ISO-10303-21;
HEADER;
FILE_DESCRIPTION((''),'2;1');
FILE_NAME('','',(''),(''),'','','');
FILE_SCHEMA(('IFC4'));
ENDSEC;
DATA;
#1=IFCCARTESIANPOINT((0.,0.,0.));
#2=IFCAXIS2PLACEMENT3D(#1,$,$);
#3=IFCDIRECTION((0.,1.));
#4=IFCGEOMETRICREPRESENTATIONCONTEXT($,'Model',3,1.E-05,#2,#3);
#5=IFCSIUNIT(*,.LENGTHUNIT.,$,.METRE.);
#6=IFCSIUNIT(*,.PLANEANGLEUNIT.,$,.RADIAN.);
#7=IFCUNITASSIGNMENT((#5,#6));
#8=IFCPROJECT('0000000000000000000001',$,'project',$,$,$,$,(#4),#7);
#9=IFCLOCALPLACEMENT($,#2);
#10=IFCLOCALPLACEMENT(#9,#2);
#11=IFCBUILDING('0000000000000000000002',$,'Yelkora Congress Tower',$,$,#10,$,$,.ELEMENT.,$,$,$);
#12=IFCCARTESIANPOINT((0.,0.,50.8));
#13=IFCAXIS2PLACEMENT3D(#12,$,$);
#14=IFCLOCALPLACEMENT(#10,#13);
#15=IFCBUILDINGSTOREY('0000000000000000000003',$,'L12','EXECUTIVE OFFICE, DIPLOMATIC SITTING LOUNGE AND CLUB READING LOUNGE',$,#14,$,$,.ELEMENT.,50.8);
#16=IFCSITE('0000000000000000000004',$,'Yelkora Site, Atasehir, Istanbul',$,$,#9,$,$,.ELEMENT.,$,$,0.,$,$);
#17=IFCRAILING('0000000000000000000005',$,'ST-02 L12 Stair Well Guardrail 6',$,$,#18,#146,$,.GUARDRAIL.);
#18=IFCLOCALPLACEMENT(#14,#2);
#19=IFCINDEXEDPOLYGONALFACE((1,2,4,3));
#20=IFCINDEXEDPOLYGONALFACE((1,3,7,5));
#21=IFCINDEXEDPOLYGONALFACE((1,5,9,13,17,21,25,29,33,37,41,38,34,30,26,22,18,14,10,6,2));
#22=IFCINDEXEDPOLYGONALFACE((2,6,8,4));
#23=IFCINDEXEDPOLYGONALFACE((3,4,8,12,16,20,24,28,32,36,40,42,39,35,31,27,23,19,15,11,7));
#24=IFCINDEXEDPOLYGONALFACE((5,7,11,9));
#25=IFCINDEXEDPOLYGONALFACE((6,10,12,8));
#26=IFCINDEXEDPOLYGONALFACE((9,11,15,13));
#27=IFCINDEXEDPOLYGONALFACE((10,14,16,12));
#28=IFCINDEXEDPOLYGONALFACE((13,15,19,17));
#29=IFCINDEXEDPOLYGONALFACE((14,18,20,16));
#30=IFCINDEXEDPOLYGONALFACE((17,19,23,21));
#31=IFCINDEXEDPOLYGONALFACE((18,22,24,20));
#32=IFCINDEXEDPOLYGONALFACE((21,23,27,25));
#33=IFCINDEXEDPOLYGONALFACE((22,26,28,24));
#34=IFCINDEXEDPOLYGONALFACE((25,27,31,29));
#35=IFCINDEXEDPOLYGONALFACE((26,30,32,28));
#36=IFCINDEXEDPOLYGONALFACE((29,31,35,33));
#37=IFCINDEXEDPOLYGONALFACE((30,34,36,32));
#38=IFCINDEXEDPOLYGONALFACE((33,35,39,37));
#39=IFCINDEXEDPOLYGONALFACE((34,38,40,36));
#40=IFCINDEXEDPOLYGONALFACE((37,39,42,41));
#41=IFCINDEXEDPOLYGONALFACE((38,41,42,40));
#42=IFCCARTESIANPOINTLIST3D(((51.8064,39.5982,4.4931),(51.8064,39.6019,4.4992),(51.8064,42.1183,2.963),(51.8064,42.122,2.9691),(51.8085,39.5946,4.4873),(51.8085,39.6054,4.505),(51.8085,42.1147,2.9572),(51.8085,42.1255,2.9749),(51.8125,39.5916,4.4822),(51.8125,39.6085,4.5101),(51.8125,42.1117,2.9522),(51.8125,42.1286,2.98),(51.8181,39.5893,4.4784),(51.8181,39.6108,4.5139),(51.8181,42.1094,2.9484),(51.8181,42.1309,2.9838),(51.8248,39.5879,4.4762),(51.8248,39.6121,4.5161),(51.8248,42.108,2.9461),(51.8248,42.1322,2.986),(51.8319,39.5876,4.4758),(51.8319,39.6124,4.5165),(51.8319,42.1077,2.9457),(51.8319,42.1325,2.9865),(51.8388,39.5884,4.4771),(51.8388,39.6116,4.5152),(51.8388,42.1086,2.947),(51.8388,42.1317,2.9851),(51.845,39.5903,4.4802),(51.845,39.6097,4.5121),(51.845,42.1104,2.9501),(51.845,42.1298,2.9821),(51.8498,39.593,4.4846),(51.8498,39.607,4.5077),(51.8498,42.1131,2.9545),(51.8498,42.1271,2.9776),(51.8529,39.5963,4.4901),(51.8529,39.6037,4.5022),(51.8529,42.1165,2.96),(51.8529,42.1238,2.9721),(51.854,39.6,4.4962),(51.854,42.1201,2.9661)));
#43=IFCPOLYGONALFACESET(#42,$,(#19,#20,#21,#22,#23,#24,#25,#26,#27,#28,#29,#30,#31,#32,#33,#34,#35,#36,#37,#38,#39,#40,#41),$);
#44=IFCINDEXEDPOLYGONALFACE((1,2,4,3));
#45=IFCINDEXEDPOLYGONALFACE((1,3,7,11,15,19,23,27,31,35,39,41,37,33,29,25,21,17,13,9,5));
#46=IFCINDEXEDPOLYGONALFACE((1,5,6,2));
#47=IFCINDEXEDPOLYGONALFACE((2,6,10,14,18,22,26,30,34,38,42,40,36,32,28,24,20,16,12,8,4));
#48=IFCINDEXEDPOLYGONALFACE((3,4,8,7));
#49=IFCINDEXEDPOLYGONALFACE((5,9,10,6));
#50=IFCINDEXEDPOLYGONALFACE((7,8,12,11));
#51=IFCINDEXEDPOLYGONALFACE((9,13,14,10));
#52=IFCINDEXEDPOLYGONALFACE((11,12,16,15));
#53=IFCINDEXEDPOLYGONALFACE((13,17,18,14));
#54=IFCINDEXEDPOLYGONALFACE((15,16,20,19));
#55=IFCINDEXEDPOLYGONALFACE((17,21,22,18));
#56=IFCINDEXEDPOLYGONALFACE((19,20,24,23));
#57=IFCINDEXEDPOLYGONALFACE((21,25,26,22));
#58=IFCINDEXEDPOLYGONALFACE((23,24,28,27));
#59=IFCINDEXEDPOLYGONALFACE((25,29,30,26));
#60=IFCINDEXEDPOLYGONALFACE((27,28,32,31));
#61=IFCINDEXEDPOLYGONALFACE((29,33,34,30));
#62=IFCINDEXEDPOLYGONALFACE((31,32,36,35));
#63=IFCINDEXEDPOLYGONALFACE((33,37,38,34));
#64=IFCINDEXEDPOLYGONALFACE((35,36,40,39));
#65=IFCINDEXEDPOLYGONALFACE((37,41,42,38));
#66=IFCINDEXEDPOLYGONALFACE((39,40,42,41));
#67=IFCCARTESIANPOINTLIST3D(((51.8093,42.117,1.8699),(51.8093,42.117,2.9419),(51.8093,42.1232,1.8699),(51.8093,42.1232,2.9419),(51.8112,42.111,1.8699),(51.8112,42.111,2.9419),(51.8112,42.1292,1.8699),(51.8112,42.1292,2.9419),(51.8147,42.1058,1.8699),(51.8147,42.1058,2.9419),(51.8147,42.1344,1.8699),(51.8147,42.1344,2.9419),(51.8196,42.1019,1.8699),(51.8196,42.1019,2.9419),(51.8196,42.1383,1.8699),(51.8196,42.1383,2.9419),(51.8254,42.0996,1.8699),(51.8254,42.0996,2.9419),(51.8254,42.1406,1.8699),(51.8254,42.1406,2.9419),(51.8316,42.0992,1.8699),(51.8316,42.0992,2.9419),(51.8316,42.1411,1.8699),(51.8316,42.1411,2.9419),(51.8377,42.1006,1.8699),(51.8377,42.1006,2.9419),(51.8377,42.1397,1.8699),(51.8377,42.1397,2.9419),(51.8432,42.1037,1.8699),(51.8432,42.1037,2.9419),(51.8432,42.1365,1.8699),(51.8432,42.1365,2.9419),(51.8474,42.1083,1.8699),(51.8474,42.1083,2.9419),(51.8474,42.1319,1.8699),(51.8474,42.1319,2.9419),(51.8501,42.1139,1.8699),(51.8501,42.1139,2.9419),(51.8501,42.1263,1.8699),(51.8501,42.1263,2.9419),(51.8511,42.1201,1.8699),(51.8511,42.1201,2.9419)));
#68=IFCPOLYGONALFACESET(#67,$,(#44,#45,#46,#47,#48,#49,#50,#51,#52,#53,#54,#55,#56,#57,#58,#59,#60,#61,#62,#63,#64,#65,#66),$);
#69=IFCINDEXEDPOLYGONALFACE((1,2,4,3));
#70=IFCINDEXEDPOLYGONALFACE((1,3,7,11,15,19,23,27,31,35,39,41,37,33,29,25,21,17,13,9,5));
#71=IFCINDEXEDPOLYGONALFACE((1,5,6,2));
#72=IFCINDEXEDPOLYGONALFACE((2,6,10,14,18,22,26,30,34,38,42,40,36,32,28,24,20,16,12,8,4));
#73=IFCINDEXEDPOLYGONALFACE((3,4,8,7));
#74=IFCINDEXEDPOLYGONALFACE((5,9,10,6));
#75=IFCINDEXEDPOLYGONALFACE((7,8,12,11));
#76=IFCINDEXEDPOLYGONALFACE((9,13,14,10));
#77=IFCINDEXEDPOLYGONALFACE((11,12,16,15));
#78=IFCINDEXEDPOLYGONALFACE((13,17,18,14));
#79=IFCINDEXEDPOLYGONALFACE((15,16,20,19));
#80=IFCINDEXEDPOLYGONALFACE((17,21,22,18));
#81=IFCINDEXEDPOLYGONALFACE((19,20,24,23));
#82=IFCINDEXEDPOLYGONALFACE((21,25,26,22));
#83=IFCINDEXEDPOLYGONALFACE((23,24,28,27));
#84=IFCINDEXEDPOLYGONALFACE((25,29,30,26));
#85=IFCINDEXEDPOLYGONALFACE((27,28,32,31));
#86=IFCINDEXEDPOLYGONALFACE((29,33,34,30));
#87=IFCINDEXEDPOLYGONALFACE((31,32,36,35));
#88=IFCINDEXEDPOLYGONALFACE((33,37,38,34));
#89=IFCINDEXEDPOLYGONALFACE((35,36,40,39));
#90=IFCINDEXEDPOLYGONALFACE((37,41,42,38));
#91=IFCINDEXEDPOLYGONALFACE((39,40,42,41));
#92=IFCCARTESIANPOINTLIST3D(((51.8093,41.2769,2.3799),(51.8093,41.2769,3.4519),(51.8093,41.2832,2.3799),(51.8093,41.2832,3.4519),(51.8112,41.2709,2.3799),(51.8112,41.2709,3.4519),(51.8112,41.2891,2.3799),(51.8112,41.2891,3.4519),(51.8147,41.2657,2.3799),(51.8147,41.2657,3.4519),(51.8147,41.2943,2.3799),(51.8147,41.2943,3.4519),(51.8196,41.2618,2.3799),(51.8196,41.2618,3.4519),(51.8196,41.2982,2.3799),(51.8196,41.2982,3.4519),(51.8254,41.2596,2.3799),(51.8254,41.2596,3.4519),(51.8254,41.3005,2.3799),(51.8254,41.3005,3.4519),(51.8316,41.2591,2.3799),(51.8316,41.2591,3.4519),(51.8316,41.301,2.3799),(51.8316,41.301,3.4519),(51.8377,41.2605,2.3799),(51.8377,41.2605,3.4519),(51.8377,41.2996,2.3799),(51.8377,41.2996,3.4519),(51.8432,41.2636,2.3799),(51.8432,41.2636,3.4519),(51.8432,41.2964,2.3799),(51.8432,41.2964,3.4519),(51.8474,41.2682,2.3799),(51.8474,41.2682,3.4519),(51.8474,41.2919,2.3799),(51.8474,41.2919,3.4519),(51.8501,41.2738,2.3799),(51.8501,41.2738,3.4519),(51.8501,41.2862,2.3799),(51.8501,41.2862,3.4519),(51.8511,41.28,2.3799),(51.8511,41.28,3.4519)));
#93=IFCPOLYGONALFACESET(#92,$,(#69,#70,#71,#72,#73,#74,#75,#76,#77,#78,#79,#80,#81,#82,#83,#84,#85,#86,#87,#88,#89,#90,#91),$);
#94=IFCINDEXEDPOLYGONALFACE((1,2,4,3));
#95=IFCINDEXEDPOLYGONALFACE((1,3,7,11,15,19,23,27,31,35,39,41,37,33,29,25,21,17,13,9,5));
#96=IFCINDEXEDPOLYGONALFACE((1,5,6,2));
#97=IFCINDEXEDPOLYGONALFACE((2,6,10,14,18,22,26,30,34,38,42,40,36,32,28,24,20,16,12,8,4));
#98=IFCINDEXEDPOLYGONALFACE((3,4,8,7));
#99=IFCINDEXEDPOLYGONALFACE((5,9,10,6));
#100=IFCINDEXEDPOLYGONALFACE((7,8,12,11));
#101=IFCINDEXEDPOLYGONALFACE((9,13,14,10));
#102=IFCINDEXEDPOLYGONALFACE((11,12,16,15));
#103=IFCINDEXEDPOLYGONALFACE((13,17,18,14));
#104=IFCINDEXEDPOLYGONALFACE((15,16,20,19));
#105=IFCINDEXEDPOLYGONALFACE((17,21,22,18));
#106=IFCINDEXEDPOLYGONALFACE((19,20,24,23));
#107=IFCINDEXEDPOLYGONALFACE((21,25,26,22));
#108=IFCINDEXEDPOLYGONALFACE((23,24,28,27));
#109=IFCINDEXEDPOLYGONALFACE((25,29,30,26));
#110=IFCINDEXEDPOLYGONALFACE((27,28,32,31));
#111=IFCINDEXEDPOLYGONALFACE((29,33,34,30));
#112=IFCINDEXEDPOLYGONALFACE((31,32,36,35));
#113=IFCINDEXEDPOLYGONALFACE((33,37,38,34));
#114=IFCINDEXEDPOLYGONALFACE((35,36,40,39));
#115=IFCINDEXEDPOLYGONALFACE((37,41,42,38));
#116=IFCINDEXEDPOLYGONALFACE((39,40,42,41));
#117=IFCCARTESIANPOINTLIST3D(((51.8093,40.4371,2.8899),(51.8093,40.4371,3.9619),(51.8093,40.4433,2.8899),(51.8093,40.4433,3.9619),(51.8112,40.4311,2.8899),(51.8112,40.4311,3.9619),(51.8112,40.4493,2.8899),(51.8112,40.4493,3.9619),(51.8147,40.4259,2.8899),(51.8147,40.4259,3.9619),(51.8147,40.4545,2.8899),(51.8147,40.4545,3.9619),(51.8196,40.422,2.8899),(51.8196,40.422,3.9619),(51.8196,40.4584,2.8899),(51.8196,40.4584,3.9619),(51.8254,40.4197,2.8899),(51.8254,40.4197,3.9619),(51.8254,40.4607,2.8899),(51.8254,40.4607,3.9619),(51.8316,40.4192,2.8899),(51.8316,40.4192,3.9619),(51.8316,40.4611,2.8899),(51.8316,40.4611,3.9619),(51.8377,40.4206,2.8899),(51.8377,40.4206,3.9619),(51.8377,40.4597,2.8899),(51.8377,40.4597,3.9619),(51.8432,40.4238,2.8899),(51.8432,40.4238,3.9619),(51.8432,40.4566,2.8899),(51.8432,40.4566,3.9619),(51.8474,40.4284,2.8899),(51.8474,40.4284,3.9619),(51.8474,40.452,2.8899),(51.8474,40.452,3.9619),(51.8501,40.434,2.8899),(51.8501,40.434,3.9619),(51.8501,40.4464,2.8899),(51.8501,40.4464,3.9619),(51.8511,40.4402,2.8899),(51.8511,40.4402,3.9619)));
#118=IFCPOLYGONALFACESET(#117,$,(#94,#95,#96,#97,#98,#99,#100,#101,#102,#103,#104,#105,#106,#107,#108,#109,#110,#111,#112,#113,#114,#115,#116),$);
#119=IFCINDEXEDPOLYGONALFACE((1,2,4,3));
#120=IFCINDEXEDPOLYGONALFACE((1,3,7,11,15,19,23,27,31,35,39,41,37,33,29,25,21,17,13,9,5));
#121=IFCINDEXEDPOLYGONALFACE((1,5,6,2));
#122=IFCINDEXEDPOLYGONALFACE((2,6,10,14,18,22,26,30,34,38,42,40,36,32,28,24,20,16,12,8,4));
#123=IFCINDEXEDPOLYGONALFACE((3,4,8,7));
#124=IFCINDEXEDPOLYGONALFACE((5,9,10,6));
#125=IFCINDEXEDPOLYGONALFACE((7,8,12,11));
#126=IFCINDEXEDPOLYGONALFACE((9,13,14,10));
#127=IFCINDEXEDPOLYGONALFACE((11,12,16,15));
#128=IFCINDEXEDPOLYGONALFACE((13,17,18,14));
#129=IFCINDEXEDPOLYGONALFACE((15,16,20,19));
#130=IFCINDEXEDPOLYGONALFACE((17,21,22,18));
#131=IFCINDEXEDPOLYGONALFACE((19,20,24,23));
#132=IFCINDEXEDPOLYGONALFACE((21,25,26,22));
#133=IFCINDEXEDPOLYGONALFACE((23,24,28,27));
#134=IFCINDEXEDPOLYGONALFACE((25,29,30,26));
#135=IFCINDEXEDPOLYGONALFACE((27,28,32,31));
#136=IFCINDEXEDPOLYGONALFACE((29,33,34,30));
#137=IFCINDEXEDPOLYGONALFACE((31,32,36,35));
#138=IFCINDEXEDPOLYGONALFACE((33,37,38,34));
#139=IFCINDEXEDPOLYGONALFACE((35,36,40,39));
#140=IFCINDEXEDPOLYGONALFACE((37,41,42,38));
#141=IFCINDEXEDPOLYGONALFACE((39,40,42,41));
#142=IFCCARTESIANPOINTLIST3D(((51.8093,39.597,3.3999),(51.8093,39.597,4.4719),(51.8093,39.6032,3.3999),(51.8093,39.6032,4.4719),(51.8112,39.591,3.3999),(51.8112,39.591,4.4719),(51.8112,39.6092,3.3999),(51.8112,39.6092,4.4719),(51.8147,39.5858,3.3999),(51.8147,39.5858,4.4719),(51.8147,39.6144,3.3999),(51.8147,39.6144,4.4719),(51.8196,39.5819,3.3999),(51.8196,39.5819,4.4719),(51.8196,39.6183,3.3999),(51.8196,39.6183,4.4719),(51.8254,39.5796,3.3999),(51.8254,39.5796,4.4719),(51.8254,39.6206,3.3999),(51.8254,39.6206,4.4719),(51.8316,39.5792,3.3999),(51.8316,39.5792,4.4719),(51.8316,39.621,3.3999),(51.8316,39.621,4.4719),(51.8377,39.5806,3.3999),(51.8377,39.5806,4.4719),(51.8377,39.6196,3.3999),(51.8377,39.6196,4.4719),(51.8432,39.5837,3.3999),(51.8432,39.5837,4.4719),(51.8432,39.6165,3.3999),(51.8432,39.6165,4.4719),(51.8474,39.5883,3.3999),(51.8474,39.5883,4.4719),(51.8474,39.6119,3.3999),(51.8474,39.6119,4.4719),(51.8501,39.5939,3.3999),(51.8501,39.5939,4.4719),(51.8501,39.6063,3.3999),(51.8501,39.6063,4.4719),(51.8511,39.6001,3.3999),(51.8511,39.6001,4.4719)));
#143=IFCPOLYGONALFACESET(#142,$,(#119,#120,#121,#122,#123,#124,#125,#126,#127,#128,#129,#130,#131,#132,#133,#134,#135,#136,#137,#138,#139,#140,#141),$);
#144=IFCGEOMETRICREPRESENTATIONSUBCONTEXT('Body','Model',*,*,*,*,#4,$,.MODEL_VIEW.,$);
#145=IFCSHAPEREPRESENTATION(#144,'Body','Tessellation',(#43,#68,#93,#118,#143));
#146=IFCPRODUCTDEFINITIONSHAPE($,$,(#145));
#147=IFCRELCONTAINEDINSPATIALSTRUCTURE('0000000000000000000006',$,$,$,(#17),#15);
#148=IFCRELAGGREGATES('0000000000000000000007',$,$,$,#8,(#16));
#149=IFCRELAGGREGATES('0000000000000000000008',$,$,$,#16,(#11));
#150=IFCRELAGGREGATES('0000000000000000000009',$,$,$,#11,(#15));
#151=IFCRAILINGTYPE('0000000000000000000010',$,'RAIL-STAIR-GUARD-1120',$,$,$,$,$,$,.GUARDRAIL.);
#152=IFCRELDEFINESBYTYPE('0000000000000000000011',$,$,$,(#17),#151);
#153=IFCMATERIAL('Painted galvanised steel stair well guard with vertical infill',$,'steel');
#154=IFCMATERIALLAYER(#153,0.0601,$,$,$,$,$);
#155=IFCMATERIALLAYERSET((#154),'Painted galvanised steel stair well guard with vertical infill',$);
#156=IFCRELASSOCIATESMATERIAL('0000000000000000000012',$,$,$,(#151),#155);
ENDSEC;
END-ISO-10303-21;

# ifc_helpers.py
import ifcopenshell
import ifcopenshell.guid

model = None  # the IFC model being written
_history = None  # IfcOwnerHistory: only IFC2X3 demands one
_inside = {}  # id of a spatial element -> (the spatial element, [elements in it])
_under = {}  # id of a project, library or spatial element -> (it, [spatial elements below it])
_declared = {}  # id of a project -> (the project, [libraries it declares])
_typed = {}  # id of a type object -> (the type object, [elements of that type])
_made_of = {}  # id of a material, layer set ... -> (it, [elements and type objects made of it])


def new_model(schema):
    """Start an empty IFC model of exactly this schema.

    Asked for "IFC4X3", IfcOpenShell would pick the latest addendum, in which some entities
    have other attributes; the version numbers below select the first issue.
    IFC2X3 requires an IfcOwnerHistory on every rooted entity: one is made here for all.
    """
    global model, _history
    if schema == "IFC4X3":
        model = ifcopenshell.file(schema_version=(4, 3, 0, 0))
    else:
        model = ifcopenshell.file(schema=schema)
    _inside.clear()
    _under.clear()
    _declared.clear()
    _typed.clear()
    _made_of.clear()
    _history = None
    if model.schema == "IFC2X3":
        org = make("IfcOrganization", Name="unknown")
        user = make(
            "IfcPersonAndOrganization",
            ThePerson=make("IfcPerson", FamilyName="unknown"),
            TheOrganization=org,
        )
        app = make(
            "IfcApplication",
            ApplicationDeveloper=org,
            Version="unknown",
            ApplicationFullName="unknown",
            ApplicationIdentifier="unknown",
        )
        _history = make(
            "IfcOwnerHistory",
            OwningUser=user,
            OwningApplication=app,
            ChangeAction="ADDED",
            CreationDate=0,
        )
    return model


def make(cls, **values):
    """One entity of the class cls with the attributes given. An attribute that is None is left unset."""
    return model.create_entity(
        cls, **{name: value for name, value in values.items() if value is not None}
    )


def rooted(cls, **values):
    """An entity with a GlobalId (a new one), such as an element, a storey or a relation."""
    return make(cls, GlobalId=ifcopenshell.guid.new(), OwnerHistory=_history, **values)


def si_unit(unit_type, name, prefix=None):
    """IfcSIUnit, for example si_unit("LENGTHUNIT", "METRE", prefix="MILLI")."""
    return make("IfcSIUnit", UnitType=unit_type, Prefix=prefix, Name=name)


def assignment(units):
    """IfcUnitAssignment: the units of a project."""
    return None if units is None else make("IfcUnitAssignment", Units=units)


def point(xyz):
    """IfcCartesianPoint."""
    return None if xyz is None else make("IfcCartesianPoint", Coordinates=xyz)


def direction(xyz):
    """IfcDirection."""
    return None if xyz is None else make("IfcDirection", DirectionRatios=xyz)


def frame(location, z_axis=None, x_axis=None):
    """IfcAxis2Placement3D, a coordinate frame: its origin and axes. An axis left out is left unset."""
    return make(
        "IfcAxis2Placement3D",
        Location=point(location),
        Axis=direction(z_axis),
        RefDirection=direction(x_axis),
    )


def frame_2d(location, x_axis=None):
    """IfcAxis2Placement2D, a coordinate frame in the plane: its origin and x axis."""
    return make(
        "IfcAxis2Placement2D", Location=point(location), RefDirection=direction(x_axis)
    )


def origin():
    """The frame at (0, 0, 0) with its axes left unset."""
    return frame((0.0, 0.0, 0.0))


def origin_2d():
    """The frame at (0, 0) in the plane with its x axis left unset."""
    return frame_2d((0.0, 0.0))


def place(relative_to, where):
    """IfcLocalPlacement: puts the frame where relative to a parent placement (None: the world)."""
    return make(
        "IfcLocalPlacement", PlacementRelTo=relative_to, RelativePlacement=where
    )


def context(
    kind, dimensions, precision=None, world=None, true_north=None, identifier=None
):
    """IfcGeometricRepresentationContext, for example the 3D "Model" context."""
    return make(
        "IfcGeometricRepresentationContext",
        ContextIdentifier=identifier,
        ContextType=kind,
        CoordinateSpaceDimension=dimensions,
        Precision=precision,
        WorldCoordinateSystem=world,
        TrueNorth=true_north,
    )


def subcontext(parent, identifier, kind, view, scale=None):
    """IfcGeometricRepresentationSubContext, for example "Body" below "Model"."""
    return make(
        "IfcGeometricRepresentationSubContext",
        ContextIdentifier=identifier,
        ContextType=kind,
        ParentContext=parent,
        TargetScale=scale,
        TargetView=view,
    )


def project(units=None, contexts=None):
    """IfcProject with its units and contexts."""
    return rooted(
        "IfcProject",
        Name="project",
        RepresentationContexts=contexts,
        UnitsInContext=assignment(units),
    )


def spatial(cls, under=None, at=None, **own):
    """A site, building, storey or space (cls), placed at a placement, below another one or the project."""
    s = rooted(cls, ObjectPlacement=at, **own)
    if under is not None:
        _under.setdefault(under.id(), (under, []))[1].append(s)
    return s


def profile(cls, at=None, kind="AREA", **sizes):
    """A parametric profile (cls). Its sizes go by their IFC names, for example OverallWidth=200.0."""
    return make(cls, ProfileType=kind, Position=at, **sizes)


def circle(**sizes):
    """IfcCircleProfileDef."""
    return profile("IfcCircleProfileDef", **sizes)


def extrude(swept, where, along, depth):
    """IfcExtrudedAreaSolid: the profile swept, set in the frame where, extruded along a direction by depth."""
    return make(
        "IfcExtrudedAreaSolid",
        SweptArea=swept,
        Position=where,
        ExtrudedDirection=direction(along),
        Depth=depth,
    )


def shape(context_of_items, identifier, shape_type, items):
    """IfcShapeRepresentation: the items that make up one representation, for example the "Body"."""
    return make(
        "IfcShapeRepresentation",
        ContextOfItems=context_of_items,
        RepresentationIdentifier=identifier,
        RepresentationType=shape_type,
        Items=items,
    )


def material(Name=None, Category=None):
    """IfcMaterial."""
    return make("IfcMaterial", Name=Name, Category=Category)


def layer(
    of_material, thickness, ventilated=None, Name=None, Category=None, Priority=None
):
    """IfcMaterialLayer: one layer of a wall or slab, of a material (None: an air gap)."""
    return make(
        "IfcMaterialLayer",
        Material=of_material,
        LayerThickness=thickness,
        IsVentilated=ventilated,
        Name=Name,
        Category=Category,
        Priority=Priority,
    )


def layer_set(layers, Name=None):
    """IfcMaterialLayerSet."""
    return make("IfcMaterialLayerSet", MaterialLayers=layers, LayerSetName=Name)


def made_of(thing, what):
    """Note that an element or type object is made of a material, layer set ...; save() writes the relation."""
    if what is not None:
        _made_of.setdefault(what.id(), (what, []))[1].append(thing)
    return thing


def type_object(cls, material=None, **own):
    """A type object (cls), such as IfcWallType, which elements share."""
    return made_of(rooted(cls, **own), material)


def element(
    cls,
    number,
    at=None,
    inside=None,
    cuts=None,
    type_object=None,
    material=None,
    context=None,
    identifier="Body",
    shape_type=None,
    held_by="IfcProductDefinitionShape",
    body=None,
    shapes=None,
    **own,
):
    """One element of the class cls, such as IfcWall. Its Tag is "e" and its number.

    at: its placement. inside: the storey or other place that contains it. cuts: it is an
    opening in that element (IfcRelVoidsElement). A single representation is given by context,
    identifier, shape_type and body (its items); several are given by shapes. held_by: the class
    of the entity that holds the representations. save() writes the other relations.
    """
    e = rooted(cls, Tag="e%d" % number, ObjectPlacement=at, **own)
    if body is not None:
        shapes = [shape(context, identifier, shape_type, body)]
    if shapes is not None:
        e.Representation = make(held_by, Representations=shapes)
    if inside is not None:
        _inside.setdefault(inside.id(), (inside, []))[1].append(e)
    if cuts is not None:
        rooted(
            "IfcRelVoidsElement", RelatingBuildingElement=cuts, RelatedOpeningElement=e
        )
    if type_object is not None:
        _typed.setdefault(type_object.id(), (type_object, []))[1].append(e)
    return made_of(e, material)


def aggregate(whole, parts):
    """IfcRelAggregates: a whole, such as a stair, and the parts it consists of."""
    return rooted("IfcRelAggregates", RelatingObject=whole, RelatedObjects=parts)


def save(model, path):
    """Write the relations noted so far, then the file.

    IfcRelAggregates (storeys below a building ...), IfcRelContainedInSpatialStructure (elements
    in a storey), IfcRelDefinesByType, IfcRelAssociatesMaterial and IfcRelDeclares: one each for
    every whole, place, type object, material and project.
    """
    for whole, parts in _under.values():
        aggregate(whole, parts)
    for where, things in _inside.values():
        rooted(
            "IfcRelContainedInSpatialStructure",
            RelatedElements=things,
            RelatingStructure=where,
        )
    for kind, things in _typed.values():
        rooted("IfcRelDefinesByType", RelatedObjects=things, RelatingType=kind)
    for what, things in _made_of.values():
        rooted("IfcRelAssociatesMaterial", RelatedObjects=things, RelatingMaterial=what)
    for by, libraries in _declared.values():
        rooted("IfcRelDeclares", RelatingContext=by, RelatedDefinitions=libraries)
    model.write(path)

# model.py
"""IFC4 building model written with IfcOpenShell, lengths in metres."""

from ifc_helpers import new_model, si_unit, direction, frame, origin, origin_2d, place, context, subcontext, project, spatial, circle, extrude, material, layer, layer_set, type_object, element, save


model = new_model("IFC4")

# Units and contexts
model_context = context("Model", 3, precision=1e-05, world=origin(), true_north=direction((0.0, 1.0)))
body_context = subcontext(model_context, "Body", "Model", "MODEL_VIEW")
ifc_project = project(units=[si_unit("LENGTHUNIT", "METRE"), si_unit("PLANEANGLEUNIT", "RADIAN")], contexts=[model_context])

# Site, building, storey
site_placement = place(None, origin())
site = spatial("IfcSite", under=ifc_project, at=site_placement, Name="Yelkora Site, Atasehir, Istanbul", CompositionType="ELEMENT", RefElevation=0.0)
building_placement = place(site_placement, origin())
building = spatial("IfcBuilding", under=site, at=building_placement, Name="Yelkora Congress Tower", CompositionType="ELEMENT")
storey_placement = place(building_placement, frame((0.0, 0.0, 50.8)))
storey = spatial("IfcBuildingStorey", under=building, at=storey_placement, Name="L12", Description="EXECUTIVE OFFICE, DIPLOMATIC SITTING LOUNGE AND CLUB READING LOUNGE", CompositionType="ELEMENT", Elevation=50.8)

# Railing
ifc_material_1 = material(Name="Painted galvanised steel stair well guard with vertical infill", Category="steel")
ifc_layer_1 = layer(ifc_material_1, 0.0601)
ifc_layer_set_1 = layer_set([ifc_layer_1], Name="Painted galvanised steel stair well guard with vertical infill")
railing_type_1 = type_object("IfcRailingType", Name="RAIL-STAIR-GUARD-1120", PredefinedType="GUARDRAIL", material=ifc_layer_set_1)
railing_1_placement = place(storey_placement, frame((51.8301, 42.1201, 1.8699)))
element("IfcRailing", 1, at=railing_1_placement, inside=storey, type_object=railing_type_1, Name="ST-02 L12 Stair Well Guardrail 6", PredefinedType="GUARDRAIL", context=body_context, shape_type="SweptSolid", body=[
    extrude(circle(Radius=0.0239, at=origin_2d()), frame((0.0, 0.0, 1.0962), z_axis=(0.0, -0.854785, 0.518982), x_axis=(1.0, 0.0, 0.0)), (0.0, 0.0, 1.0), 2.9482),
    extrude(circle(Radius=0.021, at=origin_2d()), origin(), (0.0, 0.0, 1.0), 1.072),
    extrude(circle(Radius=0.021, at=origin_2d()), frame((0.0, -0.8401, 0.51)), (0.0, 0.0, 1.0), 1.072),
    extrude(circle(Radius=0.021, at=origin_2d()), frame((0.0, -1.6799, 1.02)), (0.0, 0.0, 1.0), 1.072),
    extrude(circle(Radius=0.021, at=origin_2d()), frame((0.0, -2.52, 1.53)), (0.0, 0.0, 1.0), 1.072),
])

save(model, "model.ifc")
